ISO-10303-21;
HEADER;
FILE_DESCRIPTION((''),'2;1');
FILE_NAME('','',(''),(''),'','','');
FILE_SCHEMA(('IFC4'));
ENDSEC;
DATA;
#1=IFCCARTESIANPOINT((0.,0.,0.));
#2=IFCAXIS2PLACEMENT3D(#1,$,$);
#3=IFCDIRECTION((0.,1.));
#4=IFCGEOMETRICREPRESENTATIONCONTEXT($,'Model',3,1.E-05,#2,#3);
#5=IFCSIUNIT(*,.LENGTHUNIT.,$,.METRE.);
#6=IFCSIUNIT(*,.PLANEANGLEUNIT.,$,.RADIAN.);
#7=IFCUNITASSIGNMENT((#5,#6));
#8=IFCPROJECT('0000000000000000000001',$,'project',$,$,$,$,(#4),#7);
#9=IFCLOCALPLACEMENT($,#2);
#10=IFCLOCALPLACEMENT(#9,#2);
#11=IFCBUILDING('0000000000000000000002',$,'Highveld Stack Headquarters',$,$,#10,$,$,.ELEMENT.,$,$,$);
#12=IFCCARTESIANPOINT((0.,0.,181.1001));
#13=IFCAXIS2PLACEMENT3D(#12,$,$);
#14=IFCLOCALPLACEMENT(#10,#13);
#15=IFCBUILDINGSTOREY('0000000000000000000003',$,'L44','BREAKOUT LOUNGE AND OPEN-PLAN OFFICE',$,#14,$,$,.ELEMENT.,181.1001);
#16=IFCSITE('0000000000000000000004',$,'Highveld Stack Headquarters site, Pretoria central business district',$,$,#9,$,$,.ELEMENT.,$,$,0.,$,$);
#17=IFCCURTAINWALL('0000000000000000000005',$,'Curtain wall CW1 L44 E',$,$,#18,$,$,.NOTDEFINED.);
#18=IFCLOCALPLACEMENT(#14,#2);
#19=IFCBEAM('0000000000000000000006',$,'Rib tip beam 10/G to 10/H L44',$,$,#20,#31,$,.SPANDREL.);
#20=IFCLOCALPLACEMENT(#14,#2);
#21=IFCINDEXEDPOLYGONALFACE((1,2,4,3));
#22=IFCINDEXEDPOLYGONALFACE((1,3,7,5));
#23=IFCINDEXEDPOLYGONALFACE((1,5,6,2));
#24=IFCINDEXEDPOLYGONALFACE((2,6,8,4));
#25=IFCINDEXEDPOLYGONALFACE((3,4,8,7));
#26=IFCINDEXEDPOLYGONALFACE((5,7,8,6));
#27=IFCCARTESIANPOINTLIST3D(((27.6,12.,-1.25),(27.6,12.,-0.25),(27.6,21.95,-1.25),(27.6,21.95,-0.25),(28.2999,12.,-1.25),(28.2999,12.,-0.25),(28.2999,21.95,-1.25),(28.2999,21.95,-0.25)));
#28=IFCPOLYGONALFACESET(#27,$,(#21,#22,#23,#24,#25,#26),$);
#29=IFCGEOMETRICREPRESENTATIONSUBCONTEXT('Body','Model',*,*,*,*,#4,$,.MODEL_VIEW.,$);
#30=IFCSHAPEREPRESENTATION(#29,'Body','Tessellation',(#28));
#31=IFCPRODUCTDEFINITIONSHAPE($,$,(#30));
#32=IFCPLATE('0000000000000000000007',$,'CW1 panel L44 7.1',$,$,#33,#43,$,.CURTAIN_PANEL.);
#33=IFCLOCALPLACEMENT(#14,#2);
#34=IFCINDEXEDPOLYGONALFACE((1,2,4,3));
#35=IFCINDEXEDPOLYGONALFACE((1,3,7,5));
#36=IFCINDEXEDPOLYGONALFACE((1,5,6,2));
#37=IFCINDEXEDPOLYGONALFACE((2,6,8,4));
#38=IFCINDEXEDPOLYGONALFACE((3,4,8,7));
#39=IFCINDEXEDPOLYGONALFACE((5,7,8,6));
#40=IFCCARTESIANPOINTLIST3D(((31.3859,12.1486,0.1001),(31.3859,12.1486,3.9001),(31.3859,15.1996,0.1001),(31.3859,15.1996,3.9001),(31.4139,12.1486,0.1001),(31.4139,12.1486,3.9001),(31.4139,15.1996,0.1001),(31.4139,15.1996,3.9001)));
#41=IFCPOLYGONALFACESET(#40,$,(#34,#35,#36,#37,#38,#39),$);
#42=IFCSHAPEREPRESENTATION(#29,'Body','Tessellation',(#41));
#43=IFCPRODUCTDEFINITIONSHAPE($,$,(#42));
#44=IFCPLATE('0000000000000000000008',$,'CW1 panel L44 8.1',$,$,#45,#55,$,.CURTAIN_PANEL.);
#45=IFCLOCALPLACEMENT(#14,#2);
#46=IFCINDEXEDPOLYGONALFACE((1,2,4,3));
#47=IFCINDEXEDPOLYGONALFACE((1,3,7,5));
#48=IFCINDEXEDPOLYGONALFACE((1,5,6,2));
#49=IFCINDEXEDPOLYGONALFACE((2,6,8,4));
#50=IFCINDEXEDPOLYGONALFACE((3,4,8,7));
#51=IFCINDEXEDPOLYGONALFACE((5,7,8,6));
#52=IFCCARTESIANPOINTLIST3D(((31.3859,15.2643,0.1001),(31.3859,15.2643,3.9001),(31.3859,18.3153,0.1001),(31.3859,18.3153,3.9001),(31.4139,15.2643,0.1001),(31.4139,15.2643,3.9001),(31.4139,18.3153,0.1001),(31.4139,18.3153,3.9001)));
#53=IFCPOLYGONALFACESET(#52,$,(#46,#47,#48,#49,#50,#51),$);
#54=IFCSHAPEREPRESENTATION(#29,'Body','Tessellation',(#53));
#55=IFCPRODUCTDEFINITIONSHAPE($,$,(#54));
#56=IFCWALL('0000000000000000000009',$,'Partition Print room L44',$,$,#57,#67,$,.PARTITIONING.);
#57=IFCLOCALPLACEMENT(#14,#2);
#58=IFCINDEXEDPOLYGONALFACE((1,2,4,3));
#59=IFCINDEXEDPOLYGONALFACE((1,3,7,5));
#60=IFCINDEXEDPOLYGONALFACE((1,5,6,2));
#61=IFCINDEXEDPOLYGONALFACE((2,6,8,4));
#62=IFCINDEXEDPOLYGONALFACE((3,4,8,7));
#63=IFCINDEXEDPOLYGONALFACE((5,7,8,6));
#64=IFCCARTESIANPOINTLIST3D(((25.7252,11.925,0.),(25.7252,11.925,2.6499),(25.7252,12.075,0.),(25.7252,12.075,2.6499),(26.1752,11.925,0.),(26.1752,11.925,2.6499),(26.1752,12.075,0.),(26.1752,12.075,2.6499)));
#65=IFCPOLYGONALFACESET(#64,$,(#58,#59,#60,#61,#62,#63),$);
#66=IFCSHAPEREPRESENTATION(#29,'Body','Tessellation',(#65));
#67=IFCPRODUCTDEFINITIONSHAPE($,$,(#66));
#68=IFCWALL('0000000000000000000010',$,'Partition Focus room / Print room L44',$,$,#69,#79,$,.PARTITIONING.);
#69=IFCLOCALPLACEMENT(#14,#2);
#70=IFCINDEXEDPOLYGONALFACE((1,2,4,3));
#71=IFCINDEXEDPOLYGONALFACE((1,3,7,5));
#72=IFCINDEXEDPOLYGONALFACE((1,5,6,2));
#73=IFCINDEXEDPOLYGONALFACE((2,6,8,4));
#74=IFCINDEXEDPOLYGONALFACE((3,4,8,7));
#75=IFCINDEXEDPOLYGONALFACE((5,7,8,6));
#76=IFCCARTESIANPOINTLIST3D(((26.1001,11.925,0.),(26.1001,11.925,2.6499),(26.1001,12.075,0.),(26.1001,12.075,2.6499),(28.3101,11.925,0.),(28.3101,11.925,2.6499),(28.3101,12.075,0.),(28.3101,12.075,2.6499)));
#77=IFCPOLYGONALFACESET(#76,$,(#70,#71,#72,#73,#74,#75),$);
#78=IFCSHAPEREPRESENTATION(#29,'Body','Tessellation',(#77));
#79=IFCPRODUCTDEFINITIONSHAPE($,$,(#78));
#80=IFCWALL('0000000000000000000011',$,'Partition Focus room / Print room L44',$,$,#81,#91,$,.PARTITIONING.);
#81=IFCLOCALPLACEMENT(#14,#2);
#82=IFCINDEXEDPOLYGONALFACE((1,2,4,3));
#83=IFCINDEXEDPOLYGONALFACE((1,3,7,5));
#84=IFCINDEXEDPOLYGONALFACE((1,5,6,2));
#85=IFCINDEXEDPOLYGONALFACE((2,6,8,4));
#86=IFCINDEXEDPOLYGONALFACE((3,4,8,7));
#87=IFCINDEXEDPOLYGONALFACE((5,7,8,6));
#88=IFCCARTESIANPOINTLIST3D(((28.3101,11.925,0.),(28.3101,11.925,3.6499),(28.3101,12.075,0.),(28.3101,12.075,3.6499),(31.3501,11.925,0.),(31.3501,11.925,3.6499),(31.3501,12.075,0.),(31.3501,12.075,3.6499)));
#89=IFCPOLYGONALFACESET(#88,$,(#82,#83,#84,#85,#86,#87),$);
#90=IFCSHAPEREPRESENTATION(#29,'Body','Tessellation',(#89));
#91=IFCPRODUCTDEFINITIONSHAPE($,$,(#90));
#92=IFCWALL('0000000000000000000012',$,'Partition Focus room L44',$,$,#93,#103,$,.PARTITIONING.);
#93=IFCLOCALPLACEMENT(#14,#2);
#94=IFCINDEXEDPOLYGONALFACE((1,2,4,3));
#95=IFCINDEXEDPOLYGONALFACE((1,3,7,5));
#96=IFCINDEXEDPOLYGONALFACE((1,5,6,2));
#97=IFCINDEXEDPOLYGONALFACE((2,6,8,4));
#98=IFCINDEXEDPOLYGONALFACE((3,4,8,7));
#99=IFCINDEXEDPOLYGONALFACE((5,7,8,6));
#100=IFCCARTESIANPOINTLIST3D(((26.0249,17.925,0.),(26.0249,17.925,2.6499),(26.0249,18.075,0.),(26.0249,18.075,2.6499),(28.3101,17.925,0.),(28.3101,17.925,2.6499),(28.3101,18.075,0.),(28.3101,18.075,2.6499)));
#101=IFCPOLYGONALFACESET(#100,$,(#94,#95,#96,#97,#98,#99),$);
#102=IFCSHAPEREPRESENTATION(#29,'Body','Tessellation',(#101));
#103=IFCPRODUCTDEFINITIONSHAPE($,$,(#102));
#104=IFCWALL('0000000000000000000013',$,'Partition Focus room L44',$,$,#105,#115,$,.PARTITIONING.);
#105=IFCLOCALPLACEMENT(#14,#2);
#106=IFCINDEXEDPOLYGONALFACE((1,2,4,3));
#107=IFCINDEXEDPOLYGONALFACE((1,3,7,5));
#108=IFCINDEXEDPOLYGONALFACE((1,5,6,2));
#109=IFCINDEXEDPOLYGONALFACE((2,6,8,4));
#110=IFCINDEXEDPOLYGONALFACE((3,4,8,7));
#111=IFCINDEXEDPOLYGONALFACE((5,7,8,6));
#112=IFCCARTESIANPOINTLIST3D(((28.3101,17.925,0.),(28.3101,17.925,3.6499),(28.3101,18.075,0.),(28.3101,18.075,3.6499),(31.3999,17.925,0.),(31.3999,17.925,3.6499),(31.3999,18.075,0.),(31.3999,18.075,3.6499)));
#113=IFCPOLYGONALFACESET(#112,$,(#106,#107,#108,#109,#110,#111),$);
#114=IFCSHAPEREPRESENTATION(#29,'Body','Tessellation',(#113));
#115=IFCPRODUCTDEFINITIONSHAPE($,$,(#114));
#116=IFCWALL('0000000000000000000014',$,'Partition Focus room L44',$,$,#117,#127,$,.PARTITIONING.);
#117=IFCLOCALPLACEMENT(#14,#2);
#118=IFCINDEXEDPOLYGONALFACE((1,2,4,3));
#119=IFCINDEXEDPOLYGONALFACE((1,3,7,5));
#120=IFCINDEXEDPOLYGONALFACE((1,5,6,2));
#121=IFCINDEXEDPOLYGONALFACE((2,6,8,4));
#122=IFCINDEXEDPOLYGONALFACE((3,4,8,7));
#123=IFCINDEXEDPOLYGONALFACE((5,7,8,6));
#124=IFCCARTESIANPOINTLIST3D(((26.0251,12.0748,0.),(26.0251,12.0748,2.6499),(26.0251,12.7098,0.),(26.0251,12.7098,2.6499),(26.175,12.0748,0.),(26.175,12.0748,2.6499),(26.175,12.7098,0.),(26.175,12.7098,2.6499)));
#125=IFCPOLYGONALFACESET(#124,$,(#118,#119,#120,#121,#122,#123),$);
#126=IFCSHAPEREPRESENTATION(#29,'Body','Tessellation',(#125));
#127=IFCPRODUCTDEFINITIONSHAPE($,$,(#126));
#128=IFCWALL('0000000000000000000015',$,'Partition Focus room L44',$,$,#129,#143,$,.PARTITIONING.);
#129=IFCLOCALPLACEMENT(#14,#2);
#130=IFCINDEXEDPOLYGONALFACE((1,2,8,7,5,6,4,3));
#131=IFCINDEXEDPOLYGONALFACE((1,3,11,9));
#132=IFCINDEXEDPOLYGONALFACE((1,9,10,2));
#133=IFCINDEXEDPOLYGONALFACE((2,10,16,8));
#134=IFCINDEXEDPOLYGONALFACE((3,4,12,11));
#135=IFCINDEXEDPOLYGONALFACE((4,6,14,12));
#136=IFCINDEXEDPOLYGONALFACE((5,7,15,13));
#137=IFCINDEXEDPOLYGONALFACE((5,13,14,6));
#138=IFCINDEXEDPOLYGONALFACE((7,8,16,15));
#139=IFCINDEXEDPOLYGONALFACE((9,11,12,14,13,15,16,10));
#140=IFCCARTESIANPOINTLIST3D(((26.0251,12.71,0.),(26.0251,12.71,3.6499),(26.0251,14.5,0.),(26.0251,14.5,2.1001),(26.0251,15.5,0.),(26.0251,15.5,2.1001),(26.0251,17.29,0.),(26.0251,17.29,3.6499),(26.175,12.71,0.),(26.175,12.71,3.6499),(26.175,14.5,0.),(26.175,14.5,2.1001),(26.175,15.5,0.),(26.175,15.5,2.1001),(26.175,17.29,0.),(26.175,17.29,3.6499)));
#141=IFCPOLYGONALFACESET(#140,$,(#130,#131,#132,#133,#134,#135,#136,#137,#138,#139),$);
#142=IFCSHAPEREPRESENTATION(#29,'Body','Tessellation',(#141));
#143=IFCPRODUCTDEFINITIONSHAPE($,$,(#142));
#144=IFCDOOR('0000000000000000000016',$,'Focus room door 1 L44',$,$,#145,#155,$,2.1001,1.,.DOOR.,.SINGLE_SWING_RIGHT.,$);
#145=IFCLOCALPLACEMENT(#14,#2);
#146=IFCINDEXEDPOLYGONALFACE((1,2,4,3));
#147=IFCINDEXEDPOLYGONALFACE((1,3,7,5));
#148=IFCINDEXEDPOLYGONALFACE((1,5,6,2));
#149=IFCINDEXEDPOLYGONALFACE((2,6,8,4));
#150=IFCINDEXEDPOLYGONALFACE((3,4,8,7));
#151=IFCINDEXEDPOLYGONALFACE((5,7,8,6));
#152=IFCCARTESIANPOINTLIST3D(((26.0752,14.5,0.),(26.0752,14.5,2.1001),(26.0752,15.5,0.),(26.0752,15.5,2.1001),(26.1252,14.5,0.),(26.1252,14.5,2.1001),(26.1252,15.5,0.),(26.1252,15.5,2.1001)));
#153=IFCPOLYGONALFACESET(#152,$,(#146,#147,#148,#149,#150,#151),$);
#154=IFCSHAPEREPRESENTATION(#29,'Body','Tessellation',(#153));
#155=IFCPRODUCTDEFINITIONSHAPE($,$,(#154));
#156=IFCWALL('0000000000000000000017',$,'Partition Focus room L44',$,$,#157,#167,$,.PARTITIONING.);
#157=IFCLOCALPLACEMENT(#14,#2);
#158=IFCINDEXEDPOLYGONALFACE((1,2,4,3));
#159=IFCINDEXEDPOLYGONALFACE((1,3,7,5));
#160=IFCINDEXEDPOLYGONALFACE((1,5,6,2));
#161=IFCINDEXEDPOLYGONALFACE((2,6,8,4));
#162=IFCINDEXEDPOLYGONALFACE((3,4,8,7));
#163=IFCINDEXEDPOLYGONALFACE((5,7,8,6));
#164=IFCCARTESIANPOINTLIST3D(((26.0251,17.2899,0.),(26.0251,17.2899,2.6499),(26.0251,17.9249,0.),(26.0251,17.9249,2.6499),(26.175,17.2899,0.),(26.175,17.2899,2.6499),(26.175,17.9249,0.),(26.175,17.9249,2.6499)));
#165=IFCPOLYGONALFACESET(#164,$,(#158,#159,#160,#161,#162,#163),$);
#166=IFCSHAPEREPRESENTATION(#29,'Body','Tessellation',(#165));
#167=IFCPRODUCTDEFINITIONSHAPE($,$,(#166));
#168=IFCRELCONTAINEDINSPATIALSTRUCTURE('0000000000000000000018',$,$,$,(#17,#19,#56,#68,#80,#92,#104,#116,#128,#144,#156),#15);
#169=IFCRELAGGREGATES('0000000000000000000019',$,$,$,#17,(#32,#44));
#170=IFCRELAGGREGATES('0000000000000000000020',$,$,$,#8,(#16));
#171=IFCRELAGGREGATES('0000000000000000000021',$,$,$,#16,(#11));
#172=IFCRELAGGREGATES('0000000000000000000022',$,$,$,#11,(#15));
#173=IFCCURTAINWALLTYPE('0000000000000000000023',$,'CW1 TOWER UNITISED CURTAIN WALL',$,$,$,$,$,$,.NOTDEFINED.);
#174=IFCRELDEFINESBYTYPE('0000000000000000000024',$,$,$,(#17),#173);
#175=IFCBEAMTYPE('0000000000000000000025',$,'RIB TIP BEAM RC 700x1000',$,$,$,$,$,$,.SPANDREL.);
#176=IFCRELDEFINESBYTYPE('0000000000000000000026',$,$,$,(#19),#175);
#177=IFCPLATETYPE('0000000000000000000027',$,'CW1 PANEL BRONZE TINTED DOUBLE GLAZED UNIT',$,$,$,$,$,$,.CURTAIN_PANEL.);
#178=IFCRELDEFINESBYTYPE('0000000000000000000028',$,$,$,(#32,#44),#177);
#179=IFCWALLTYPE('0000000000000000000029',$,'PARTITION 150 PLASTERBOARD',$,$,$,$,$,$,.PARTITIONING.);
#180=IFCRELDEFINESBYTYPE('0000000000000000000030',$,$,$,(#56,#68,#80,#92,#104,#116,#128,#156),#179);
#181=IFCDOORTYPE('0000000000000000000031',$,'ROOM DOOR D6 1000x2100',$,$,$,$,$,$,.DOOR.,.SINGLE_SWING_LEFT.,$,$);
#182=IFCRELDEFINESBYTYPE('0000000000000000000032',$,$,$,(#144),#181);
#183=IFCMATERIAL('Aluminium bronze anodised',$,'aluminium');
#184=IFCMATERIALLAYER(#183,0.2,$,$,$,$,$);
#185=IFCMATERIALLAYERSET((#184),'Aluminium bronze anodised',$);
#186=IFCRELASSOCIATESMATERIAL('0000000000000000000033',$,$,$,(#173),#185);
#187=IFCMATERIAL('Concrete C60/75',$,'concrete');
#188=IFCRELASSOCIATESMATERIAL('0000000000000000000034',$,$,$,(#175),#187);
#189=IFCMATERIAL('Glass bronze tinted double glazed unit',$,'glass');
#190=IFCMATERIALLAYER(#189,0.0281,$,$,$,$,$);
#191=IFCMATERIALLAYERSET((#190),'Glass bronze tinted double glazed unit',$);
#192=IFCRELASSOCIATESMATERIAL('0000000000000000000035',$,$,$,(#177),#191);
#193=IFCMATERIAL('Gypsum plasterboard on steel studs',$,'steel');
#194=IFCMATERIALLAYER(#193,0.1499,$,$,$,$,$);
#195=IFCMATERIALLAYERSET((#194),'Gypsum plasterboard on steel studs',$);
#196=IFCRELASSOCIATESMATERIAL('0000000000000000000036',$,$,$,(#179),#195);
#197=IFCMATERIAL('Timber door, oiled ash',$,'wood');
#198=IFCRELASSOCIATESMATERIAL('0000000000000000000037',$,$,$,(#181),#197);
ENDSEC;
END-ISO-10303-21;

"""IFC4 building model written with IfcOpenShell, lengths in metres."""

from ifc_helpers import new_model, si_unit, direction, frame, frame_2d, origin, origin_2d, place, context, subcontext, project, spatial, rectangle, extrude, material, layer, layer_set, material_profile, profile_set, type_object, element, fill, aggregate, save


model = new_model("IFC4")

# Units and contexts
model_context = context("Model", 3, precision=1e-05, world=origin(), true_north=direction((0.0, 1.0)))
body_context = subcontext(model_context, "Body", "Model", "MODEL_VIEW")
ifc_project = project(units=[si_unit("LENGTHUNIT", "METRE"), si_unit("PLANEANGLEUNIT", "RADIAN")], contexts=[model_context])

# Site, building, storey
site_placement = place(None, origin())
site = spatial("IfcSite", under=ifc_project, at=site_placement, Name="Highveld Stack Headquarters site, Pretoria central business district", CompositionType="ELEMENT", RefElevation=0.0)
building_placement = place(site_placement, origin())
building = spatial("IfcBuilding", under=site, at=building_placement, Name="Highveld Stack Headquarters", CompositionType="ELEMENT")
storey_placement = place(building_placement, frame((0.0, 0.0, 181.1001)))
storey = spatial("IfcBuildingStorey", under=building, at=storey_placement, Name="L44", Description="BREAKOUT LOUNGE AND OPEN-PLAN OFFICE", CompositionType="ELEMENT", Elevation=181.1001)

# Curtain wall
ifc_material_1 = material(Name="Aluminium bronze anodised", Category="aluminium")
ifc_layer_1 = layer(ifc_material_1, 0.2)
ifc_layer_set_1 = layer_set([ifc_layer_1], Name="Aluminium bronze anodised")
curtain_wall_type = type_object("IfcCurtainWallType", Name="CW1 TOWER UNITISED CURTAIN WALL", PredefinedType="NOTDEFINED", material=ifc_layer_set_1)
curtain_wall_placement = place(storey_placement, origin())
curtain_wall = element("IfcCurtainWall", 1, at=curtain_wall_placement, inside=storey, type_object=curtain_wall_type, Name="Curtain wall CW1 L44 E", PredefinedType="NOTDEFINED")

# Beam
ifc_material_2 = material(Name="Concrete C60/75", Category="concrete")
ifc_material_profile_1 = material_profile(ifc_material_2, rectangle(XDim=0.7, YDim=1.0, at=origin_2d()), Name="RC 700x1000")
ifc_profile_set_1 = profile_set([ifc_material_profile_1], Name="Concrete C60/75")
beam_type_1 = type_object("IfcBeamType", Name="RIB TIP BEAM RC 700x1000", PredefinedType="SPANDREL", material=ifc_profile_set_1)
beam_1_placement = place(storey_placement, frame((27.95, 12.0, -0.75), z_axis=(0.0, 1.0, 0.0), x_axis=(-1.0, 0.0, 0.0)))
element("IfcBeam", 2, at=beam_1_placement, inside=storey, type_object=beam_type_1, Name="Rib tip beam 10/G to 10/H L44", PredefinedType="SPANDREL", context=body_context, shape_type="SweptSolid", body=[
    extrude(rectangle(XDim=0.7, YDim=1.0, at=origin_2d()), origin(), (0.0, 0.0, 1.0), 9.95),
])

# Plates
ifc_material_3 = material(Name="Glass bronze tinted double glazed unit", Category="glass")
ifc_layer_2 = layer(ifc_material_3, 0.0281)
ifc_layer_set_2 = layer_set([ifc_layer_2], Name="Glass bronze tinted double glazed unit")
plate_type = type_object("IfcPlateType", Name="CW1 PANEL BRONZE TINTED DOUBLE GLAZED UNIT", PredefinedType="CURTAIN_PANEL", material=ifc_layer_set_2)
plate_1_placement = place(storey_placement, frame((31.3999, 13.6741, 0.1001), z_axis=(0.0, 0.0, 1.0), x_axis=(0.0, 1.0, 0.0)))
plate_1 = element("IfcPlate", 3, at=plate_1_placement, type_object=plate_type, Name="CW1 panel L44 7.1", PredefinedType="CURTAIN_PANEL", context=body_context, shape_type="SweptSolid", body=[
    extrude(rectangle(XDim=3.051, YDim=0.0281, at=origin_2d()), origin(), (0.0, 0.0, 1.0), 3.8),
])
plate_2_placement = place(storey_placement, frame((31.3999, 16.7898, 0.1001), z_axis=(0.0, 0.0, 1.0), x_axis=(0.0, 1.0, 0.0)))
plate_2 = element("IfcPlate", 4, at=plate_2_placement, type_object=plate_type, Name="CW1 panel L44 8.1", PredefinedType="CURTAIN_PANEL", context=body_context, shape_type="SweptSolid", body=[
    extrude(rectangle(XDim=3.051, YDim=0.0281, at=origin_2d()), origin(), (0.0, 0.0, 1.0), 3.8),
])
aggregate(curtain_wall, [plate_1, plate_2])

# Walls
ifc_material_4 = material(Name="Gypsum plasterboard on steel studs", Category="steel")
ifc_layer_3 = layer(ifc_material_4, 0.1499)
ifc_layer_set_3 = layer_set([ifc_layer_3], Name="Gypsum plasterboard on steel studs")
wall_type = type_object("IfcWallType", Name="PARTITION 150 PLASTERBOARD", PredefinedType="PARTITIONING", material=ifc_layer_set_3)
wall_1_placement = place(storey_placement, frame((25.7251, 12.0, 0.0), z_axis=(0.0, 0.0, 1.0), x_axis=(1.0, 0.0, 0.0)))
element("IfcWall", 5, at=wall_1_placement, inside=storey, type_object=wall_type, Name="Partition Print room L44", PredefinedType="PARTITIONING", context=body_context, shape_type="SweptSolid", body=[
    extrude(rectangle(XDim=0.45, YDim=0.1499, at=frame_2d((0.2251, 0.0))), origin(), (0.0, 0.0, 1.0), 2.6499),
])
wall_2_placement = place(storey_placement, frame((26.1001, 12.0, 0.0), z_axis=(0.0, 0.0, 1.0), x_axis=(1.0, 0.0, 0.0)))
element("IfcWall", 6, at=wall_2_placement, inside=storey, type_object=wall_type, Name="Partition Focus room / Print room L44", PredefinedType="PARTITIONING", context=body_context, shape_type="SweptSolid", body=[
    extrude(rectangle(XDim=2.21, YDim=0.1499, at=frame_2d((1.105, 0.0))), origin(), (0.0, 0.0, 1.0), 2.6499),
])
wall_3_placement = place(storey_placement, frame((28.3101, 12.0, 0.0), z_axis=(0.0, 0.0, 1.0), x_axis=(1.0, 0.0, 0.0)))
element("IfcWall", 7, at=wall_3_placement, inside=storey, type_object=wall_type, Name="Partition Focus room / Print room L44", PredefinedType="PARTITIONING", context=body_context, shape_type="SweptSolid", body=[
    extrude(rectangle(XDim=3.04, YDim=0.1499, at=frame_2d((1.52, 0.0))), origin(), (0.0, 0.0, 1.0), 3.6499),
])
wall_4_placement = place(storey_placement, frame((26.0249, 18.0, 0.0), z_axis=(0.0, 0.0, 1.0), x_axis=(1.0, 0.0, 0.0)))
element("IfcWall", 8, at=wall_4_placement, inside=storey, type_object=wall_type, Name="Partition Focus room L44", PredefinedType="PARTITIONING", context=body_context, shape_type="SweptSolid", body=[
    extrude(rectangle(XDim=2.2852, YDim=0.1499, at=frame_2d((1.1426, 0.0))), origin(), (0.0, 0.0, 1.0), 2.6499),
])
wall_5_placement = place(storey_placement, frame((28.3101, 18.0, 0.0), z_axis=(0.0, 0.0, 1.0), x_axis=(1.0, 0.0, 0.0)))
element("IfcWall", 9, at=wall_5_placement, inside=storey, type_object=wall_type, Name="Partition Focus room L44", PredefinedType="PARTITIONING", context=body_context, shape_type="SweptSolid", body=[
    extrude(rectangle(XDim=3.0898, YDim=0.1499, at=frame_2d((1.5449, 0.0))), origin(), (0.0, 0.0, 1.0), 3.6499),
])
wall_6_placement = place(storey_placement, frame((26.1001, 12.075, 0.0), z_axis=(0.0, 0.0, 1.0), x_axis=(0.0, 1.0, 0.0)))
element("IfcWall", 10, at=wall_6_placement, inside=storey, type_object=wall_type, Name="Partition Focus room L44", PredefinedType="PARTITIONING", context=body_context, shape_type="SweptSolid", body=[
    extrude(rectangle(XDim=0.635, YDim=0.1499, at=frame_2d((0.3174, 0.0))), origin(), (0.0, 0.0, 1.0), 2.6499),
])

# Wall, opening, door
wall_7_placement = place(storey_placement, frame((26.1001, 12.71, 0.0), z_axis=(0.0, 0.0, 1.0), x_axis=(0.0, 1.0, 0.0)))
wall_7 = element("IfcWall", 11, at=wall_7_placement, inside=storey, type_object=wall_type, Name="Partition Focus room L44", PredefinedType="PARTITIONING", context=body_context, shape_type="SweptSolid", body=[
    extrude(rectangle(XDim=4.5801, YDim=0.1499, at=frame_2d((2.29, 0.0))), origin(), (0.0, 0.0, 1.0), 3.6499),
])
opening_placement = place(wall_7_placement, frame((1.79, 0.0, 0.0)))
opening = element("IfcOpeningElement", 12, at=opening_placement, cuts=wall_7, PredefinedType="OPENING", context=body_context, shape_type="SweptSolid", body=[
    extrude(rectangle(XDim=1.0, YDim=2.1001, at=frame_2d((0.5, 1.05))), frame((0.0, 0.085, 0.0), z_axis=(0.0, -1.0, 0.0), x_axis=(1.0, 0.0, 0.0)), (0.0, 0.0, 1.0), 0.1699),
])
ifc_material_5 = material(Name="Timber door, oiled ash", Category="wood")
door_type = type_object("IfcDoorType", Name="ROOM DOOR D6 1000x2100", OperationType="SINGLE_SWING_LEFT", PredefinedType="DOOR", material=ifc_material_5)
door_placement = place(opening_placement, origin())
door = element("IfcDoor", 13, at=door_placement, inside=storey, type_object=door_type, Name="Focus room door 1 L44", OperationType="SINGLE_SWING_RIGHT", OverallHeight=2.1001, OverallWidth=1.0, PredefinedType="DOOR", context=body_context, shape_type="SweptSolid", body=[
    extrude(rectangle(XDim=1.0, YDim=2.1001, at=frame_2d((0.5, 1.05))), frame((0.0, 0.0249, 0.0), z_axis=(0.0, -1.0, 0.0), x_axis=(1.0, 0.0, 0.0)), (0.0, 0.0, 1.0), 0.05),
])
fill(opening, door)

# Wall
wall_8_placement = place(storey_placement, frame((26.1001, 17.29, 0.0), z_axis=(0.0, 0.0, 1.0), x_axis=(0.0, 1.0, 0.0)))
element("IfcWall", 14, at=wall_8_placement, inside=storey, type_object=wall_type, Name="Partition Focus room L44", PredefinedType="PARTITIONING", context=body_context, shape_type="SweptSolid", body=[
    extrude(rectangle(XDim=0.635, YDim=0.1499, at=frame_2d((0.3174, 0.0))), origin(), (0.0, 0.0, 1.0), 2.6499),
])

save(model, "model.ifc")
